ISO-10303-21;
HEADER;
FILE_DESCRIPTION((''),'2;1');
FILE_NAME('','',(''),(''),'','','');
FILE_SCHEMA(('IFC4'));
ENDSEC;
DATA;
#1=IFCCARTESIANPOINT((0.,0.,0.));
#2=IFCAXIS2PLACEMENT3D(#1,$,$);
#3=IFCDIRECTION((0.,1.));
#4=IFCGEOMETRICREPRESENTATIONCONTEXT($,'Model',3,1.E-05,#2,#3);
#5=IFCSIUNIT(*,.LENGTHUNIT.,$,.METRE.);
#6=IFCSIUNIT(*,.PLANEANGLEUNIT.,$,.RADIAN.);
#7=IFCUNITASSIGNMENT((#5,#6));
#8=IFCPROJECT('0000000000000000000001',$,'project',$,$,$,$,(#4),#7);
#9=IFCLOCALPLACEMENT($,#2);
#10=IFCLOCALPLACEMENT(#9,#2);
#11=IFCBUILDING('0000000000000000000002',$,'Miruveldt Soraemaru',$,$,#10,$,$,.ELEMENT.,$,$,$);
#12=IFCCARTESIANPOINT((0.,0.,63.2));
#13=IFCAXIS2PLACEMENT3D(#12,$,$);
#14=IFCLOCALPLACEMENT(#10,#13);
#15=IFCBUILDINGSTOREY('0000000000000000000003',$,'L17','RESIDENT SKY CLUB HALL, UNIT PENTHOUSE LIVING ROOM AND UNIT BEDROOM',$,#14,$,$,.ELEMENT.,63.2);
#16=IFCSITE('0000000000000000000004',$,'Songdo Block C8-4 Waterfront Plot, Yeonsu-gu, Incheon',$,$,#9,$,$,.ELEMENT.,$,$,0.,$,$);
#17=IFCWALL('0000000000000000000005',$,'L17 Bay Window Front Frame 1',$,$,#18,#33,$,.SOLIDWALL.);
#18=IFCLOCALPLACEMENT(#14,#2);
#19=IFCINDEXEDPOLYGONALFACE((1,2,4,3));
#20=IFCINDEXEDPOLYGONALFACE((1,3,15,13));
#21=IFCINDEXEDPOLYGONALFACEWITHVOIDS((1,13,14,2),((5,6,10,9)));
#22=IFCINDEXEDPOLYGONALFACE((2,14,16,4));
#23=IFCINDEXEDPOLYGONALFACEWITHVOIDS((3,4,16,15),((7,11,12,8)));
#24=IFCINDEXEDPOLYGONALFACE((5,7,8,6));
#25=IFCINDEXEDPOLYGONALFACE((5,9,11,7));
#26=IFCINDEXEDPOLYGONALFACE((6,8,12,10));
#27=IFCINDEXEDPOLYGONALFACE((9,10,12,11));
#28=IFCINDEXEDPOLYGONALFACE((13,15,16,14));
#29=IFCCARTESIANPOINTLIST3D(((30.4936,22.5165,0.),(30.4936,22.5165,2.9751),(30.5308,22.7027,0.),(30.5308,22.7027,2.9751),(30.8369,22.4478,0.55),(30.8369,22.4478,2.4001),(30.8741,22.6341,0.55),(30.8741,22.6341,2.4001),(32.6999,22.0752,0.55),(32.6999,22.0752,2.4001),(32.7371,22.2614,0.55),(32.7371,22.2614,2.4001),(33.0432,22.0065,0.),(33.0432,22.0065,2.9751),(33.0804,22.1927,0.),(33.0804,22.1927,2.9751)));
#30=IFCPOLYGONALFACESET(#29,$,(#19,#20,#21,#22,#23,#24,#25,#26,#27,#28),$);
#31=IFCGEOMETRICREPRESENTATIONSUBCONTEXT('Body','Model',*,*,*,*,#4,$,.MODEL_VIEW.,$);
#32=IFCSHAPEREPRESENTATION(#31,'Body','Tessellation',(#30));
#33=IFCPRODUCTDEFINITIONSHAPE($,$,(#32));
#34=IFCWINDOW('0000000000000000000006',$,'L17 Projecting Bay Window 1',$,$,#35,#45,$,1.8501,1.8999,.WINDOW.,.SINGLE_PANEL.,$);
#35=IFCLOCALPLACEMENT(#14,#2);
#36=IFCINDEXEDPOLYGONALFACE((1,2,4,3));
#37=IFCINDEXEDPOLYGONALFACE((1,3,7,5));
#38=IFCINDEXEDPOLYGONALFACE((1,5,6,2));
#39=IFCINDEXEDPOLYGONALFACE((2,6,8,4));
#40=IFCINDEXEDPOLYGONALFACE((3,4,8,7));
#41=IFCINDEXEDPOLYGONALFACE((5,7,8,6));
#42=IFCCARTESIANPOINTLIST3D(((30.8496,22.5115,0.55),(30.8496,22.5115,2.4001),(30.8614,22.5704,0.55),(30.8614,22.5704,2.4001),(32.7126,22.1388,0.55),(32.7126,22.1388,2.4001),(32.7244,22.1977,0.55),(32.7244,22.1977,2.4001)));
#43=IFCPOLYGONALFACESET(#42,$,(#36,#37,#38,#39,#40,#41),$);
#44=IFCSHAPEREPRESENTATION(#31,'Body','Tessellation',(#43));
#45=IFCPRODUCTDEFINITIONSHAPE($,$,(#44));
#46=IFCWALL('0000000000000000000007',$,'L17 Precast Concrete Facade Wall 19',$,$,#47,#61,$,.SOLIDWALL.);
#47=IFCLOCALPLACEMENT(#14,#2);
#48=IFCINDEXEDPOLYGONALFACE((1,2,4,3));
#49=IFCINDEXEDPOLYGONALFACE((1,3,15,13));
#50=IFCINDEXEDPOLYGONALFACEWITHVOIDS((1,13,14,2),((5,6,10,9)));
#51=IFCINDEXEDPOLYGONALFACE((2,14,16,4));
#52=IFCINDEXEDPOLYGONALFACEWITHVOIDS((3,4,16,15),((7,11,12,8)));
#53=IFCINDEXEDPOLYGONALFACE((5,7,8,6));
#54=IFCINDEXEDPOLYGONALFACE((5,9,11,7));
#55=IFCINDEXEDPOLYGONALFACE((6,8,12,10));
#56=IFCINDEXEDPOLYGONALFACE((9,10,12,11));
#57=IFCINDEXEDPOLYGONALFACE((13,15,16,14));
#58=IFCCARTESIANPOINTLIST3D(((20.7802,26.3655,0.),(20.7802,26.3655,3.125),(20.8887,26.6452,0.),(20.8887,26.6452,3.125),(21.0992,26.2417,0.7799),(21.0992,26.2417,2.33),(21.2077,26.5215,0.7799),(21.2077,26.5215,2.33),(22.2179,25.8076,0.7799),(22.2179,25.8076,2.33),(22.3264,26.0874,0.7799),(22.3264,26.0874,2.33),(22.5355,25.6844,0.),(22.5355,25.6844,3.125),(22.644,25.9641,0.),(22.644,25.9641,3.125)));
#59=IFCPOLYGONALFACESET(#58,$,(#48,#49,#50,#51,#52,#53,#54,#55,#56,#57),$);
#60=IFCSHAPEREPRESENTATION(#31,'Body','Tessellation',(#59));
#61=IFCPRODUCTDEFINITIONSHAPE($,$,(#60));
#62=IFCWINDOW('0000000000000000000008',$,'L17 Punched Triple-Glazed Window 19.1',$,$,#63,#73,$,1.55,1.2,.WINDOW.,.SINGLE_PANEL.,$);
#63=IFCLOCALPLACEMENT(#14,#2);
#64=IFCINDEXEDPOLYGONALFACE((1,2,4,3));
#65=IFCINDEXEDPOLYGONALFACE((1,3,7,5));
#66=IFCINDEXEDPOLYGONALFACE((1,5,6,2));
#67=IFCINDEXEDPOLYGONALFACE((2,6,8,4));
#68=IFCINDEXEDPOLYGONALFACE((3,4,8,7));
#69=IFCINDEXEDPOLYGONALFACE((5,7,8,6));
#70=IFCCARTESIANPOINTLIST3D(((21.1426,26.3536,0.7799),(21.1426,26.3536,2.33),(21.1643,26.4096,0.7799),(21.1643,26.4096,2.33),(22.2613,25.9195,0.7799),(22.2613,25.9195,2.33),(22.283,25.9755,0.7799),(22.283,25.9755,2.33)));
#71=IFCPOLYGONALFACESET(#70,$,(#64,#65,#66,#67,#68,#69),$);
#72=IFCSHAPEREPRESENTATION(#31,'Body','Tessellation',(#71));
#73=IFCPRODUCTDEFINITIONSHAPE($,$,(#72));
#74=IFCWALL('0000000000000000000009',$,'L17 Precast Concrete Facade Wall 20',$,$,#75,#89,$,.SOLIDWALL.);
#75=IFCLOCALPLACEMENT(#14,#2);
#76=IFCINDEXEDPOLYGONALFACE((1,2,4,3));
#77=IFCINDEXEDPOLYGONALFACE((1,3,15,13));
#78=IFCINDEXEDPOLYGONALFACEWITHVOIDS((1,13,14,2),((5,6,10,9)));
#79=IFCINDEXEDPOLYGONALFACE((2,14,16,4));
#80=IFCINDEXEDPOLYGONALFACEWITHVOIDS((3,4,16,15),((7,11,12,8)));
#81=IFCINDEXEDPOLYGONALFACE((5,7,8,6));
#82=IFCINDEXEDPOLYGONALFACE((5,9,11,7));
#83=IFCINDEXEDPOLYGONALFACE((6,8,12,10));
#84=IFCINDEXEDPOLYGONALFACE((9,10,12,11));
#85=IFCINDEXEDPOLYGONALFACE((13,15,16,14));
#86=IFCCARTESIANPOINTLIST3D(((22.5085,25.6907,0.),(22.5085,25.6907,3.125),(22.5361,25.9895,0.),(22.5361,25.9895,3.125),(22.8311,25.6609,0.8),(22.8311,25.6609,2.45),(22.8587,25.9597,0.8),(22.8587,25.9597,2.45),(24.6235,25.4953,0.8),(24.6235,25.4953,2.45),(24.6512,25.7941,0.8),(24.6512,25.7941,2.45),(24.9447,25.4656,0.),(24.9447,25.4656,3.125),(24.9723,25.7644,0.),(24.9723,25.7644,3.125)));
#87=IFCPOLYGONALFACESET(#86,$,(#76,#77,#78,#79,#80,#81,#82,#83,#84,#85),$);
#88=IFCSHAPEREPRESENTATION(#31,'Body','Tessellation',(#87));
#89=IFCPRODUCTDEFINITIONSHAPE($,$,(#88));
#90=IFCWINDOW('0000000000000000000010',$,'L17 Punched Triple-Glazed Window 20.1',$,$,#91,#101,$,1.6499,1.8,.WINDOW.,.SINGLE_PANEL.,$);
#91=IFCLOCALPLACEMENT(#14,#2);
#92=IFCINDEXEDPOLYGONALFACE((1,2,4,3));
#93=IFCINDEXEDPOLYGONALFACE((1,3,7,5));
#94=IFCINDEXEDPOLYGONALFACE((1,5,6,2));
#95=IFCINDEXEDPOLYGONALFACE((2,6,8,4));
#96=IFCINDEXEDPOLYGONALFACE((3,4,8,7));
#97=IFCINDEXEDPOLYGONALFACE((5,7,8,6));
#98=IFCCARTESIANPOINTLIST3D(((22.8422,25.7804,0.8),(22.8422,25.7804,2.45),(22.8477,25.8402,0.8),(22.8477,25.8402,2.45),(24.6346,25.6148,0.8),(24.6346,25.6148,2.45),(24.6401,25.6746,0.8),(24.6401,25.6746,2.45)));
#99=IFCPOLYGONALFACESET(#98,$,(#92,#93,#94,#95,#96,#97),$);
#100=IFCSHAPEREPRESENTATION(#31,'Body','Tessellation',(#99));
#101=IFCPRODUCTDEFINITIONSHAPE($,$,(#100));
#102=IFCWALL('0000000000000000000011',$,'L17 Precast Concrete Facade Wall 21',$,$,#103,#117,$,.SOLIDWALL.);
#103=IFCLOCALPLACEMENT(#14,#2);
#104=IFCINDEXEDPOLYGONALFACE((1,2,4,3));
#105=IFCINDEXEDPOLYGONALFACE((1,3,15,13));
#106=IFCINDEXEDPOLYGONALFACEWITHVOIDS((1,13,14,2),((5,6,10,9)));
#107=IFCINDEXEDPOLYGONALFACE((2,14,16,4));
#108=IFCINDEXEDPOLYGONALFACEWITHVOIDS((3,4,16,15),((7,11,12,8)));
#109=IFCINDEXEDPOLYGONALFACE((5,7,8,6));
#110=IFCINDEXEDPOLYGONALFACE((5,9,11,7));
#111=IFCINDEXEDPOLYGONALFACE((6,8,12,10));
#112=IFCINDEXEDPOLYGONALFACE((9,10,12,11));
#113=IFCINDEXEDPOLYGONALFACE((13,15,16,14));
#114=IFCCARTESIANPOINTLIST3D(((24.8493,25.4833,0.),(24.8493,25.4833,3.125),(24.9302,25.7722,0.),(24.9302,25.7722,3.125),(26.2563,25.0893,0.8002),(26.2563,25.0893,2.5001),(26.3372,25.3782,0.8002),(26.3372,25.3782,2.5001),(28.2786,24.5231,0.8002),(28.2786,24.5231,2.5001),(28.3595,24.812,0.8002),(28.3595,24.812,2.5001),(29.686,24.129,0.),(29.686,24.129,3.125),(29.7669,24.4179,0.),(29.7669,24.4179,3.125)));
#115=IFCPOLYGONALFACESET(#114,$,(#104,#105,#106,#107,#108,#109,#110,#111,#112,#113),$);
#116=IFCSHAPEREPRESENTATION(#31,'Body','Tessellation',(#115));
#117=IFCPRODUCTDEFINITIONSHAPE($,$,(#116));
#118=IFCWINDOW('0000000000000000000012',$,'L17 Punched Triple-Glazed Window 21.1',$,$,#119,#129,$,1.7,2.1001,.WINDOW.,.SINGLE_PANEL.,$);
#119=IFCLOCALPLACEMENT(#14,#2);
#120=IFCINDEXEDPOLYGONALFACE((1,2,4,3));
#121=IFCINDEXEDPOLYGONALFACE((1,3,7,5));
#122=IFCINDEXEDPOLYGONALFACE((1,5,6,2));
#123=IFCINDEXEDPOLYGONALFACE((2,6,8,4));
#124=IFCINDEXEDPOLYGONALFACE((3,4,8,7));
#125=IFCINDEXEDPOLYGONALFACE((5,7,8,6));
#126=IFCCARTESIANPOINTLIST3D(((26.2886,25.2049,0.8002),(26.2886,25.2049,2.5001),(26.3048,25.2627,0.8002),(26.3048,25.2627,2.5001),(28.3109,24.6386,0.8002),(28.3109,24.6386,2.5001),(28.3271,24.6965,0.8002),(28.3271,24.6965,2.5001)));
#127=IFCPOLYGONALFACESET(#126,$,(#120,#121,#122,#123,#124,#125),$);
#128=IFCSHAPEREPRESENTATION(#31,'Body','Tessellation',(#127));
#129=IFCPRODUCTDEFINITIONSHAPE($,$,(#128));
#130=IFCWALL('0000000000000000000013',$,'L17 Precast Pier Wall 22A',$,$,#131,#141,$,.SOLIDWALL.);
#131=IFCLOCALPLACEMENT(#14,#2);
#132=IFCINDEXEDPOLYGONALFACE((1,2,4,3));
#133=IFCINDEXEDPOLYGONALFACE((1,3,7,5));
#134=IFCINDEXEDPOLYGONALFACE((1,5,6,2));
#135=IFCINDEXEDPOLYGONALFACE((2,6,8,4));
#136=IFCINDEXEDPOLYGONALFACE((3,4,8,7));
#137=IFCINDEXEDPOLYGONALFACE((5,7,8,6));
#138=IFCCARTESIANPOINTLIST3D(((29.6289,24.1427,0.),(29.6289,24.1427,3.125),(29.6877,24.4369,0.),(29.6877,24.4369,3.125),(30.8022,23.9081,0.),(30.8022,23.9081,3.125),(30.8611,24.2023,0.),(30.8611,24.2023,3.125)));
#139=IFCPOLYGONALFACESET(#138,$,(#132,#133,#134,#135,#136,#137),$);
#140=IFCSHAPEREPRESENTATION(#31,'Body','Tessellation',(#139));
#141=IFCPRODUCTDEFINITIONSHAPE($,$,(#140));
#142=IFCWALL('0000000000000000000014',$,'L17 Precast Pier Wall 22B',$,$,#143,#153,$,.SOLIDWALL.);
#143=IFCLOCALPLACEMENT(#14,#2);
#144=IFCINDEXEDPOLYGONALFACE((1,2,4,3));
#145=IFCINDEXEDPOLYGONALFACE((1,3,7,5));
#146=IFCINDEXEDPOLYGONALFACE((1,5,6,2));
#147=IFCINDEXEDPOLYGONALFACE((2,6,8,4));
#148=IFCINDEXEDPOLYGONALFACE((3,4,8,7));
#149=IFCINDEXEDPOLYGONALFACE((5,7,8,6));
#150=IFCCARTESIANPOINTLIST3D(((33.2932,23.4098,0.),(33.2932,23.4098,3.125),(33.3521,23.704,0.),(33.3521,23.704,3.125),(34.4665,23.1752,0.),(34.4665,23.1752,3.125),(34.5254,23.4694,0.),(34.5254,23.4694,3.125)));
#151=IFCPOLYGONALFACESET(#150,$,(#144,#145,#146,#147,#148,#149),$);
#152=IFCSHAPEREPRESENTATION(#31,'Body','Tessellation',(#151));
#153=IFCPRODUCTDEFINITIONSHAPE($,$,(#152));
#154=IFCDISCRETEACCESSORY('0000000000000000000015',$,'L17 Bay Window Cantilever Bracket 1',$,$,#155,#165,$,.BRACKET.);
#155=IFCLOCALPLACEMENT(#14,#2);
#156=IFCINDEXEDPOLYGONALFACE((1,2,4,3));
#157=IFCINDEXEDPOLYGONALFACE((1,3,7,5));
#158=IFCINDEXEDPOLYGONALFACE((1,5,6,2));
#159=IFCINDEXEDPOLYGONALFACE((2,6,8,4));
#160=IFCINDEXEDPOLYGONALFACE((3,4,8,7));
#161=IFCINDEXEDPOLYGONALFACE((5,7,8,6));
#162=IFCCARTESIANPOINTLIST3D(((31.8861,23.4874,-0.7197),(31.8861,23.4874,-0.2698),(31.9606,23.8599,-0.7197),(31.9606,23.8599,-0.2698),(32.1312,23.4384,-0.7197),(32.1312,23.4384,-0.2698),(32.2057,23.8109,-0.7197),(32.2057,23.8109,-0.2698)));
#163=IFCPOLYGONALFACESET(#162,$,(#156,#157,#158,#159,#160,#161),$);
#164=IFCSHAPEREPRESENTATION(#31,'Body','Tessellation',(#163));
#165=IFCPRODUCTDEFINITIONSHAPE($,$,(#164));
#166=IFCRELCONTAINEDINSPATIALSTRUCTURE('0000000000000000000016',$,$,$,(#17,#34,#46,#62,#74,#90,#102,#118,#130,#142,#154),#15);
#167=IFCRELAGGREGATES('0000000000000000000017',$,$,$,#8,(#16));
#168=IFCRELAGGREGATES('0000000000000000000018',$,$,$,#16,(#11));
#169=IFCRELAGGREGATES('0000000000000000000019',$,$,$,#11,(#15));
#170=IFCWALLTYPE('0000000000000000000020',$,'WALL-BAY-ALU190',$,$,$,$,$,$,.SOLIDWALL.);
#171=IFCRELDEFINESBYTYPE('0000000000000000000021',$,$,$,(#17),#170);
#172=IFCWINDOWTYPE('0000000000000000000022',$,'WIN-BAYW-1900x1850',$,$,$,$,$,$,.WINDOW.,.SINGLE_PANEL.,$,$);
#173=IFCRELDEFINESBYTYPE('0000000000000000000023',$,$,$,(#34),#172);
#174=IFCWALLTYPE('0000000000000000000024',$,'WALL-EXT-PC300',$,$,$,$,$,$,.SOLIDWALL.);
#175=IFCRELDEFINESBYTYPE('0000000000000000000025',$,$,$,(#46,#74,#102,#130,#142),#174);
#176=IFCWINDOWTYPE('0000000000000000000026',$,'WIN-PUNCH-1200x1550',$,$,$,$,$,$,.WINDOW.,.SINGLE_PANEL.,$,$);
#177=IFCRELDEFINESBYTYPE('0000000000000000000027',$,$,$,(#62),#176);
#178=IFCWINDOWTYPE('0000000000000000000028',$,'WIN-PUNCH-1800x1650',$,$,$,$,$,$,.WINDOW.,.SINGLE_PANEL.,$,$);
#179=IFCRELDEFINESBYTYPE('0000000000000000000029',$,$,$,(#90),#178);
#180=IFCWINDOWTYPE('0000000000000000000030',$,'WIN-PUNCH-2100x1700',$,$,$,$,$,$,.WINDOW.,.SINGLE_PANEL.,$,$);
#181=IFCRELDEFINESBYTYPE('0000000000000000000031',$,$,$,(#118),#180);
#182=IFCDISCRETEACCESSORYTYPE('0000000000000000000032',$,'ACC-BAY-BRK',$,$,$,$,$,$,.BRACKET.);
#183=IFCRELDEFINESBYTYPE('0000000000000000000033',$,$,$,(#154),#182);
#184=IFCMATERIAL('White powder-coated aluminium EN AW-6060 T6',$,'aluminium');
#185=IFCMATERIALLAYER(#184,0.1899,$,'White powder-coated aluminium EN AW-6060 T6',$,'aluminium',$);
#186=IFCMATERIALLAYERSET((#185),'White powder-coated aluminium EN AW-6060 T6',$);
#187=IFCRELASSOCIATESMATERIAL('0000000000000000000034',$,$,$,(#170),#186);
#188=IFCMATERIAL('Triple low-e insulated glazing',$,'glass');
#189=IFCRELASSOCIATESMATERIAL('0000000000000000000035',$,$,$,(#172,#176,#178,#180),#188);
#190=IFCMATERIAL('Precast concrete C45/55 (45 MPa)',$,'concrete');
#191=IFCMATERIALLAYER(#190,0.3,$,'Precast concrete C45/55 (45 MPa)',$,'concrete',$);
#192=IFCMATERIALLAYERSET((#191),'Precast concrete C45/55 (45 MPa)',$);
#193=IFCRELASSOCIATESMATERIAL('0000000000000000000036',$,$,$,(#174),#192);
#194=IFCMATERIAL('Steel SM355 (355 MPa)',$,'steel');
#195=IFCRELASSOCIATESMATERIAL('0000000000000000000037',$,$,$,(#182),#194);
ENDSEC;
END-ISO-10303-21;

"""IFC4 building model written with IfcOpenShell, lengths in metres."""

from ifc_helpers import new_model, si_unit, direction, frame, frame_2d, origin, origin_2d, place, context, subcontext, project, spatial, rectangle, extrude, material, layer, layer_set, type_object, element, fill, save


model = new_model("IFC4")

# Units and contexts
model_context = context("Model", 3, precision=1e-05, world=origin(), true_north=direction((0.0, 1.0)))
body_context = subcontext(model_context, "Body", "Model", "MODEL_VIEW")
ifc_project = project(units=[si_unit("LENGTHUNIT", "METRE"), si_unit("PLANEANGLEUNIT", "RADIAN")], contexts=[model_context])

# Site, building, storey
site_placement = place(None, origin())
site = spatial("IfcSite", under=ifc_project, at=site_placement, Name="Songdo Block C8-4 Waterfront Plot, Yeonsu-gu, Incheon", CompositionType="ELEMENT", RefElevation=0.0)
building_placement = place(site_placement, origin())
building = spatial("IfcBuilding", under=site, at=building_placement, Name="Miruveldt Soraemaru", CompositionType="ELEMENT")
storey_placement = place(building_placement, frame((0.0, 0.0, 63.2)))
storey = spatial("IfcBuildingStorey", under=building, at=storey_placement, Name="L17", Description="RESIDENT SKY CLUB HALL, UNIT PENTHOUSE LIVING ROOM AND UNIT BEDROOM", CompositionType="ELEMENT", Elevation=63.2)

# Shared definitions
ifc_material_1 = material(Name="White powder-coated aluminium EN AW-6060 T6", Category="aluminium")
ifc_layer_1 = layer(ifc_material_1, 0.1899, Name="White powder-coated aluminium EN AW-6060 T6", Category="aluminium")
ifc_layer_set_1 = layer_set([ifc_layer_1], Name="White powder-coated aluminium EN AW-6060 T6")
wall_type_1 = type_object("IfcWallType", Name="WALL-BAY-ALU190", PredefinedType="SOLIDWALL", material=ifc_layer_set_1)

# Walls, openings, windows
wall_1_placement = place(storey_placement, frame((30.5122, 22.6096, 0.0), z_axis=(0.0, 0.0, 1.0), x_axis=(0.980573, -0.196152, 0.0)))
wall_1 = element("IfcWall", 1, at=wall_1_placement, inside=storey, type_object=wall_type_1, Name="L17 Bay Window Front Frame 1", PredefinedType="SOLIDWALL", context=body_context, shape_type="SweptSolid", body=[
    extrude(rectangle(XDim=2.6001, YDim=0.1899, at=frame_2d((1.3, 0.0))), origin(), (0.0, 0.0, 1.0), 2.9751),
])
opening_1_placement = place(wall_1_placement, frame((0.3501, 0.0, 0.55)))
opening_1 = element("IfcOpeningElement", 2, at=opening_1_placement, cuts=wall_1, PredefinedType="OPENING", context=body_context, shape_type="SweptSolid", body=[
    extrude(rectangle(XDim=1.8999, YDim=1.8501, at=frame_2d((0.95, 0.925))), frame((0.0, 0.105, 0.0), z_axis=(0.0, -1.0, 0.0), x_axis=(1.0, 0.0, 0.0)), (0.0, 0.0, 1.0), 0.21),
])
ifc_material_2 = material(Name="Triple low-e insulated glazing", Category="glass")
window_type_1 = type_object("IfcWindowType", Name="WIN-BAYW-1900x1850", PartitioningType="SINGLE_PANEL", PredefinedType="WINDOW", material=ifc_material_2)
window_1_placement = place(opening_1_placement, origin())
window_1 = element("IfcWindow", 3, at=window_1_placement, inside=storey, type_object=window_type_1, Name="L17 Projecting Bay Window 1", OverallHeight=1.8501, OverallWidth=1.8999, PartitioningType="SINGLE_PANEL", PredefinedType="WINDOW", context=body_context, shape_type="SweptSolid", body=[
    extrude(rectangle(XDim=1.8999, YDim=1.8501, at=frame_2d((0.95, 0.925))), frame((0.0, 0.03, 0.0), z_axis=(0.0, -1.0, 0.0), x_axis=(1.0, 0.0, 0.0)), (0.0, 0.0, 1.0), 0.0601),
])
fill(opening_1, window_1)
ifc_material_3 = material(Name="Precast concrete C45/55 (45 MPa)", Category="concrete")
ifc_layer_2 = layer(ifc_material_3, 0.3, Name="Precast concrete C45/55 (45 MPa)", Category="concrete")
ifc_layer_set_2 = layer_set([ifc_layer_2], Name="Precast concrete C45/55 (45 MPa)")
wall_type_2 = type_object("IfcWallType", Name="WALL-EXT-PC300", PredefinedType="SOLIDWALL", material=ifc_layer_set_2)
wall_2_placement = place(storey_placement, frame((20.8345, 26.5054, 0.0), z_axis=(0.0, 0.0, 1.0), x_axis=(0.932272, -0.361758, 0.0)))
wall_2 = element("IfcWall", 4, at=wall_2_placement, inside=storey, type_object=wall_type_2, Name="L17 Precast Concrete Facade Wall 19", PredefinedType="SOLIDWALL", context=body_context, shape_type="SweptSolid", body=[
    extrude(rectangle(XDim=1.8828, YDim=0.3, at=frame_2d((0.9414, 0.0))), origin(), (0.0, 0.0, 1.0), 3.125),
])
opening_2_placement = place(wall_2_placement, frame((0.342, 0.0, 0.78)))
opening_2 = element("IfcOpeningElement", 5, at=opening_2_placement, cuts=wall_2, PredefinedType="OPENING", context=body_context, shape_type="SweptSolid", body=[
    extrude(rectangle(XDim=1.2, YDim=1.55, at=frame_2d((0.6001, 0.7749))), frame((0.0, 0.1602, 0.0), z_axis=(0.0, -1.0, 0.0), x_axis=(1.0, 0.0, 0.0)), (0.0, 0.0, 1.0), 0.3201),
])
window_type_2 = type_object("IfcWindowType", Name="WIN-PUNCH-1200x1550", PartitioningType="SINGLE_PANEL", PredefinedType="WINDOW", material=ifc_material_2)
window_2_placement = place(opening_2_placement, origin())
window_2 = element("IfcWindow", 6, at=window_2_placement, inside=storey, type_object=window_type_2, Name="L17 Punched Triple-Glazed Window 19.1", OverallHeight=1.55, OverallWidth=1.2, PartitioningType="SINGLE_PANEL", PredefinedType="WINDOW", context=body_context, shape_type="SweptSolid", body=[
    extrude(rectangle(XDim=1.2, YDim=1.55, at=frame_2d((0.6001, 0.7749))), frame((0.0, 0.03, 0.0), z_axis=(0.0, -1.0, 0.0), x_axis=(1.0, 0.0, 0.0)), (0.0, 0.0, 1.0), 0.0601),
])
fill(opening_2, window_2)
wall_3_placement = place(storey_placement, frame((22.5225, 25.8401, 0.0), z_axis=(0.0, 0.0, 1.0), x_axis=(0.995758, -0.092011, 0.0)))
wall_3 = element("IfcWall", 7, at=wall_3_placement, inside=storey, type_object=wall_type_2, Name="L17 Precast Concrete Facade Wall 20", PredefinedType="SOLIDWALL", context=body_context, shape_type="SweptSolid", body=[
    extrude(rectangle(XDim=2.4465, YDim=0.3, at=frame_2d((1.2231, 0.0))), origin(), (0.0, 0.0, 1.0), 3.125),
])
opening_3_placement = place(wall_3_placement, frame((0.324, 0.0, 0.8)))
opening_3 = element("IfcOpeningElement", 8, at=opening_3_placement, cuts=wall_3, PredefinedType="OPENING", context=body_context, shape_type="SweptSolid", body=[
    extrude(rectangle(XDim=1.8, YDim=1.6499, at=frame_2d((0.8999, 0.825))), frame((0.0, 0.1602, 0.0), z_axis=(0.0, -1.0, 0.0), x_axis=(1.0, 0.0, 0.0)), (0.0, 0.0, 1.0), 0.3201),
])
window_type_3 = type_object("IfcWindowType", Name="WIN-PUNCH-1800x1650", PartitioningType="SINGLE_PANEL", PredefinedType="WINDOW", material=ifc_material_2)
window_3_placement = place(opening_3_placement, origin())
window_3 = element("IfcWindow", 9, at=window_3_placement, inside=storey, type_object=window_type_3, Name="L17 Punched Triple-Glazed Window 20.1", OverallHeight=1.6499, OverallWidth=1.8, PartitioningType="SINGLE_PANEL", PredefinedType="WINDOW", context=body_context, shape_type="SweptSolid", body=[
    extrude(rectangle(XDim=1.8, YDim=1.6499, at=frame_2d((0.8999, 0.825))), frame((0.0, 0.03, 0.0), z_axis=(0.0, -1.0, 0.0), x_axis=(1.0, 0.0, 0.0)), (0.0, 0.0, 1.0), 0.0601),
])
fill(opening_3, window_3)
wall_4_placement = place(storey_placement, frame((24.8899, 25.6277, 0.0), z_axis=(0.0, 0.0, 1.0), x_axis=(0.962965, -0.269626, 0.0)))
wall_4 = element("IfcWall", 10, at=wall_4_placement, inside=storey, type_object=wall_type_2, Name="L17 Precast Concrete Facade Wall 21", PredefinedType="SOLIDWALL", context=body_context, shape_type="SweptSolid", body=[
    extrude(rectangle(XDim=5.0227, YDim=0.3, at=frame_2d((2.5112, 0.0))), origin(), (0.0, 0.0, 1.0), 3.125),
])
opening_4_placement = place(wall_4_placement, frame((1.4609, 0.0, 0.8)))
opening_4 = element("IfcOpeningElement", 11, at=opening_4_placement, cuts=wall_4, PredefinedType="OPENING", context=body_context, shape_type="SweptSolid", body=[
    extrude(rectangle(XDim=2.1001, YDim=1.7, at=frame_2d((1.05, 0.8501))), frame((0.0, 0.1602, 0.0), z_axis=(0.0, -1.0, 0.0), x_axis=(1.0, 0.0, 0.0)), (0.0, 0.0, 1.0), 0.3201),
])
window_type_4 = type_object("IfcWindowType", Name="WIN-PUNCH-2100x1700", PartitioningType="SINGLE_PANEL", PredefinedType="WINDOW", material=ifc_material_2)
window_4_placement = place(opening_4_placement, origin())
window_4 = element("IfcWindow", 12, at=window_4_placement, inside=storey, type_object=window_type_4, Name="L17 Punched Triple-Glazed Window 21.1", OverallHeight=1.7, OverallWidth=2.1001, PartitioningType="SINGLE_PANEL", PredefinedType="WINDOW", context=body_context, shape_type="SweptSolid", body=[
    extrude(rectangle(XDim=2.1001, YDim=1.7, at=frame_2d((1.05, 0.8501))), frame((0.0, 0.03, 0.0), z_axis=(0.0, -1.0, 0.0), x_axis=(1.0, 0.0, 0.0)), (0.0, 0.0, 1.0), 0.0601),
])
fill(opening_4, window_4)

# Walls
for number, where, z_axis, x_axis, name in (
    (13, (29.6584, 24.2898, 0.0), (0.0, 0.0, 1.0), (0.980589, -0.196077, 0.0), "L17 Precast Pier Wall 22A"),
    (14, (33.3228, 23.5569, 0.0), (0.0, 0.0, 1.0), (0.980589, -0.196077, 0.0), "L17 Precast Pier Wall 22B"),
):
    element("IfcWall", number, at=place(storey_placement, frame(where, z_axis=z_axis, x_axis=x_axis)), inside=storey, type_object=wall_type_2, Name=name, PredefinedType="SOLIDWALL", context=body_context, shape_type="SweptSolid", body=[
        extrude(rectangle(XDim=1.1965, YDim=0.3, at=frame_2d((0.5981, 0.0))), origin(), (0.0, 0.0, 1.0), 3.125),
    ])

# Discrete accessory
ifc_material_4 = material(Name="Steel SM355 (355 MPa)", Category="steel")
discrete_accessory_type = type_object("IfcDiscreteAccessoryType", Name="ACC-BAY-BRK", PredefinedType="BRACKET", material=ifc_material_4)
discrete_accessory_placement = place(storey_placement, frame((32.0459, 23.6492, -0.7197), z_axis=(0.0, 0.0, 1.0), x_axis=(-0.196117, -0.98058, 0.0)))
element("IfcDiscreteAccessory", 15, at=discrete_accessory_placement, inside=storey, type_object=discrete_accessory_type, Name="L17 Bay Window Cantilever Bracket 1", PredefinedType="BRACKET", context=body_context, shape_type="SweptSolid", body=[
    extrude(rectangle(XDim=0.3799, YDim=0.25, at=origin_2d()), origin(), (0.0, 0.0, 1.0), 0.45),
])

save(model, "model.ifc")
